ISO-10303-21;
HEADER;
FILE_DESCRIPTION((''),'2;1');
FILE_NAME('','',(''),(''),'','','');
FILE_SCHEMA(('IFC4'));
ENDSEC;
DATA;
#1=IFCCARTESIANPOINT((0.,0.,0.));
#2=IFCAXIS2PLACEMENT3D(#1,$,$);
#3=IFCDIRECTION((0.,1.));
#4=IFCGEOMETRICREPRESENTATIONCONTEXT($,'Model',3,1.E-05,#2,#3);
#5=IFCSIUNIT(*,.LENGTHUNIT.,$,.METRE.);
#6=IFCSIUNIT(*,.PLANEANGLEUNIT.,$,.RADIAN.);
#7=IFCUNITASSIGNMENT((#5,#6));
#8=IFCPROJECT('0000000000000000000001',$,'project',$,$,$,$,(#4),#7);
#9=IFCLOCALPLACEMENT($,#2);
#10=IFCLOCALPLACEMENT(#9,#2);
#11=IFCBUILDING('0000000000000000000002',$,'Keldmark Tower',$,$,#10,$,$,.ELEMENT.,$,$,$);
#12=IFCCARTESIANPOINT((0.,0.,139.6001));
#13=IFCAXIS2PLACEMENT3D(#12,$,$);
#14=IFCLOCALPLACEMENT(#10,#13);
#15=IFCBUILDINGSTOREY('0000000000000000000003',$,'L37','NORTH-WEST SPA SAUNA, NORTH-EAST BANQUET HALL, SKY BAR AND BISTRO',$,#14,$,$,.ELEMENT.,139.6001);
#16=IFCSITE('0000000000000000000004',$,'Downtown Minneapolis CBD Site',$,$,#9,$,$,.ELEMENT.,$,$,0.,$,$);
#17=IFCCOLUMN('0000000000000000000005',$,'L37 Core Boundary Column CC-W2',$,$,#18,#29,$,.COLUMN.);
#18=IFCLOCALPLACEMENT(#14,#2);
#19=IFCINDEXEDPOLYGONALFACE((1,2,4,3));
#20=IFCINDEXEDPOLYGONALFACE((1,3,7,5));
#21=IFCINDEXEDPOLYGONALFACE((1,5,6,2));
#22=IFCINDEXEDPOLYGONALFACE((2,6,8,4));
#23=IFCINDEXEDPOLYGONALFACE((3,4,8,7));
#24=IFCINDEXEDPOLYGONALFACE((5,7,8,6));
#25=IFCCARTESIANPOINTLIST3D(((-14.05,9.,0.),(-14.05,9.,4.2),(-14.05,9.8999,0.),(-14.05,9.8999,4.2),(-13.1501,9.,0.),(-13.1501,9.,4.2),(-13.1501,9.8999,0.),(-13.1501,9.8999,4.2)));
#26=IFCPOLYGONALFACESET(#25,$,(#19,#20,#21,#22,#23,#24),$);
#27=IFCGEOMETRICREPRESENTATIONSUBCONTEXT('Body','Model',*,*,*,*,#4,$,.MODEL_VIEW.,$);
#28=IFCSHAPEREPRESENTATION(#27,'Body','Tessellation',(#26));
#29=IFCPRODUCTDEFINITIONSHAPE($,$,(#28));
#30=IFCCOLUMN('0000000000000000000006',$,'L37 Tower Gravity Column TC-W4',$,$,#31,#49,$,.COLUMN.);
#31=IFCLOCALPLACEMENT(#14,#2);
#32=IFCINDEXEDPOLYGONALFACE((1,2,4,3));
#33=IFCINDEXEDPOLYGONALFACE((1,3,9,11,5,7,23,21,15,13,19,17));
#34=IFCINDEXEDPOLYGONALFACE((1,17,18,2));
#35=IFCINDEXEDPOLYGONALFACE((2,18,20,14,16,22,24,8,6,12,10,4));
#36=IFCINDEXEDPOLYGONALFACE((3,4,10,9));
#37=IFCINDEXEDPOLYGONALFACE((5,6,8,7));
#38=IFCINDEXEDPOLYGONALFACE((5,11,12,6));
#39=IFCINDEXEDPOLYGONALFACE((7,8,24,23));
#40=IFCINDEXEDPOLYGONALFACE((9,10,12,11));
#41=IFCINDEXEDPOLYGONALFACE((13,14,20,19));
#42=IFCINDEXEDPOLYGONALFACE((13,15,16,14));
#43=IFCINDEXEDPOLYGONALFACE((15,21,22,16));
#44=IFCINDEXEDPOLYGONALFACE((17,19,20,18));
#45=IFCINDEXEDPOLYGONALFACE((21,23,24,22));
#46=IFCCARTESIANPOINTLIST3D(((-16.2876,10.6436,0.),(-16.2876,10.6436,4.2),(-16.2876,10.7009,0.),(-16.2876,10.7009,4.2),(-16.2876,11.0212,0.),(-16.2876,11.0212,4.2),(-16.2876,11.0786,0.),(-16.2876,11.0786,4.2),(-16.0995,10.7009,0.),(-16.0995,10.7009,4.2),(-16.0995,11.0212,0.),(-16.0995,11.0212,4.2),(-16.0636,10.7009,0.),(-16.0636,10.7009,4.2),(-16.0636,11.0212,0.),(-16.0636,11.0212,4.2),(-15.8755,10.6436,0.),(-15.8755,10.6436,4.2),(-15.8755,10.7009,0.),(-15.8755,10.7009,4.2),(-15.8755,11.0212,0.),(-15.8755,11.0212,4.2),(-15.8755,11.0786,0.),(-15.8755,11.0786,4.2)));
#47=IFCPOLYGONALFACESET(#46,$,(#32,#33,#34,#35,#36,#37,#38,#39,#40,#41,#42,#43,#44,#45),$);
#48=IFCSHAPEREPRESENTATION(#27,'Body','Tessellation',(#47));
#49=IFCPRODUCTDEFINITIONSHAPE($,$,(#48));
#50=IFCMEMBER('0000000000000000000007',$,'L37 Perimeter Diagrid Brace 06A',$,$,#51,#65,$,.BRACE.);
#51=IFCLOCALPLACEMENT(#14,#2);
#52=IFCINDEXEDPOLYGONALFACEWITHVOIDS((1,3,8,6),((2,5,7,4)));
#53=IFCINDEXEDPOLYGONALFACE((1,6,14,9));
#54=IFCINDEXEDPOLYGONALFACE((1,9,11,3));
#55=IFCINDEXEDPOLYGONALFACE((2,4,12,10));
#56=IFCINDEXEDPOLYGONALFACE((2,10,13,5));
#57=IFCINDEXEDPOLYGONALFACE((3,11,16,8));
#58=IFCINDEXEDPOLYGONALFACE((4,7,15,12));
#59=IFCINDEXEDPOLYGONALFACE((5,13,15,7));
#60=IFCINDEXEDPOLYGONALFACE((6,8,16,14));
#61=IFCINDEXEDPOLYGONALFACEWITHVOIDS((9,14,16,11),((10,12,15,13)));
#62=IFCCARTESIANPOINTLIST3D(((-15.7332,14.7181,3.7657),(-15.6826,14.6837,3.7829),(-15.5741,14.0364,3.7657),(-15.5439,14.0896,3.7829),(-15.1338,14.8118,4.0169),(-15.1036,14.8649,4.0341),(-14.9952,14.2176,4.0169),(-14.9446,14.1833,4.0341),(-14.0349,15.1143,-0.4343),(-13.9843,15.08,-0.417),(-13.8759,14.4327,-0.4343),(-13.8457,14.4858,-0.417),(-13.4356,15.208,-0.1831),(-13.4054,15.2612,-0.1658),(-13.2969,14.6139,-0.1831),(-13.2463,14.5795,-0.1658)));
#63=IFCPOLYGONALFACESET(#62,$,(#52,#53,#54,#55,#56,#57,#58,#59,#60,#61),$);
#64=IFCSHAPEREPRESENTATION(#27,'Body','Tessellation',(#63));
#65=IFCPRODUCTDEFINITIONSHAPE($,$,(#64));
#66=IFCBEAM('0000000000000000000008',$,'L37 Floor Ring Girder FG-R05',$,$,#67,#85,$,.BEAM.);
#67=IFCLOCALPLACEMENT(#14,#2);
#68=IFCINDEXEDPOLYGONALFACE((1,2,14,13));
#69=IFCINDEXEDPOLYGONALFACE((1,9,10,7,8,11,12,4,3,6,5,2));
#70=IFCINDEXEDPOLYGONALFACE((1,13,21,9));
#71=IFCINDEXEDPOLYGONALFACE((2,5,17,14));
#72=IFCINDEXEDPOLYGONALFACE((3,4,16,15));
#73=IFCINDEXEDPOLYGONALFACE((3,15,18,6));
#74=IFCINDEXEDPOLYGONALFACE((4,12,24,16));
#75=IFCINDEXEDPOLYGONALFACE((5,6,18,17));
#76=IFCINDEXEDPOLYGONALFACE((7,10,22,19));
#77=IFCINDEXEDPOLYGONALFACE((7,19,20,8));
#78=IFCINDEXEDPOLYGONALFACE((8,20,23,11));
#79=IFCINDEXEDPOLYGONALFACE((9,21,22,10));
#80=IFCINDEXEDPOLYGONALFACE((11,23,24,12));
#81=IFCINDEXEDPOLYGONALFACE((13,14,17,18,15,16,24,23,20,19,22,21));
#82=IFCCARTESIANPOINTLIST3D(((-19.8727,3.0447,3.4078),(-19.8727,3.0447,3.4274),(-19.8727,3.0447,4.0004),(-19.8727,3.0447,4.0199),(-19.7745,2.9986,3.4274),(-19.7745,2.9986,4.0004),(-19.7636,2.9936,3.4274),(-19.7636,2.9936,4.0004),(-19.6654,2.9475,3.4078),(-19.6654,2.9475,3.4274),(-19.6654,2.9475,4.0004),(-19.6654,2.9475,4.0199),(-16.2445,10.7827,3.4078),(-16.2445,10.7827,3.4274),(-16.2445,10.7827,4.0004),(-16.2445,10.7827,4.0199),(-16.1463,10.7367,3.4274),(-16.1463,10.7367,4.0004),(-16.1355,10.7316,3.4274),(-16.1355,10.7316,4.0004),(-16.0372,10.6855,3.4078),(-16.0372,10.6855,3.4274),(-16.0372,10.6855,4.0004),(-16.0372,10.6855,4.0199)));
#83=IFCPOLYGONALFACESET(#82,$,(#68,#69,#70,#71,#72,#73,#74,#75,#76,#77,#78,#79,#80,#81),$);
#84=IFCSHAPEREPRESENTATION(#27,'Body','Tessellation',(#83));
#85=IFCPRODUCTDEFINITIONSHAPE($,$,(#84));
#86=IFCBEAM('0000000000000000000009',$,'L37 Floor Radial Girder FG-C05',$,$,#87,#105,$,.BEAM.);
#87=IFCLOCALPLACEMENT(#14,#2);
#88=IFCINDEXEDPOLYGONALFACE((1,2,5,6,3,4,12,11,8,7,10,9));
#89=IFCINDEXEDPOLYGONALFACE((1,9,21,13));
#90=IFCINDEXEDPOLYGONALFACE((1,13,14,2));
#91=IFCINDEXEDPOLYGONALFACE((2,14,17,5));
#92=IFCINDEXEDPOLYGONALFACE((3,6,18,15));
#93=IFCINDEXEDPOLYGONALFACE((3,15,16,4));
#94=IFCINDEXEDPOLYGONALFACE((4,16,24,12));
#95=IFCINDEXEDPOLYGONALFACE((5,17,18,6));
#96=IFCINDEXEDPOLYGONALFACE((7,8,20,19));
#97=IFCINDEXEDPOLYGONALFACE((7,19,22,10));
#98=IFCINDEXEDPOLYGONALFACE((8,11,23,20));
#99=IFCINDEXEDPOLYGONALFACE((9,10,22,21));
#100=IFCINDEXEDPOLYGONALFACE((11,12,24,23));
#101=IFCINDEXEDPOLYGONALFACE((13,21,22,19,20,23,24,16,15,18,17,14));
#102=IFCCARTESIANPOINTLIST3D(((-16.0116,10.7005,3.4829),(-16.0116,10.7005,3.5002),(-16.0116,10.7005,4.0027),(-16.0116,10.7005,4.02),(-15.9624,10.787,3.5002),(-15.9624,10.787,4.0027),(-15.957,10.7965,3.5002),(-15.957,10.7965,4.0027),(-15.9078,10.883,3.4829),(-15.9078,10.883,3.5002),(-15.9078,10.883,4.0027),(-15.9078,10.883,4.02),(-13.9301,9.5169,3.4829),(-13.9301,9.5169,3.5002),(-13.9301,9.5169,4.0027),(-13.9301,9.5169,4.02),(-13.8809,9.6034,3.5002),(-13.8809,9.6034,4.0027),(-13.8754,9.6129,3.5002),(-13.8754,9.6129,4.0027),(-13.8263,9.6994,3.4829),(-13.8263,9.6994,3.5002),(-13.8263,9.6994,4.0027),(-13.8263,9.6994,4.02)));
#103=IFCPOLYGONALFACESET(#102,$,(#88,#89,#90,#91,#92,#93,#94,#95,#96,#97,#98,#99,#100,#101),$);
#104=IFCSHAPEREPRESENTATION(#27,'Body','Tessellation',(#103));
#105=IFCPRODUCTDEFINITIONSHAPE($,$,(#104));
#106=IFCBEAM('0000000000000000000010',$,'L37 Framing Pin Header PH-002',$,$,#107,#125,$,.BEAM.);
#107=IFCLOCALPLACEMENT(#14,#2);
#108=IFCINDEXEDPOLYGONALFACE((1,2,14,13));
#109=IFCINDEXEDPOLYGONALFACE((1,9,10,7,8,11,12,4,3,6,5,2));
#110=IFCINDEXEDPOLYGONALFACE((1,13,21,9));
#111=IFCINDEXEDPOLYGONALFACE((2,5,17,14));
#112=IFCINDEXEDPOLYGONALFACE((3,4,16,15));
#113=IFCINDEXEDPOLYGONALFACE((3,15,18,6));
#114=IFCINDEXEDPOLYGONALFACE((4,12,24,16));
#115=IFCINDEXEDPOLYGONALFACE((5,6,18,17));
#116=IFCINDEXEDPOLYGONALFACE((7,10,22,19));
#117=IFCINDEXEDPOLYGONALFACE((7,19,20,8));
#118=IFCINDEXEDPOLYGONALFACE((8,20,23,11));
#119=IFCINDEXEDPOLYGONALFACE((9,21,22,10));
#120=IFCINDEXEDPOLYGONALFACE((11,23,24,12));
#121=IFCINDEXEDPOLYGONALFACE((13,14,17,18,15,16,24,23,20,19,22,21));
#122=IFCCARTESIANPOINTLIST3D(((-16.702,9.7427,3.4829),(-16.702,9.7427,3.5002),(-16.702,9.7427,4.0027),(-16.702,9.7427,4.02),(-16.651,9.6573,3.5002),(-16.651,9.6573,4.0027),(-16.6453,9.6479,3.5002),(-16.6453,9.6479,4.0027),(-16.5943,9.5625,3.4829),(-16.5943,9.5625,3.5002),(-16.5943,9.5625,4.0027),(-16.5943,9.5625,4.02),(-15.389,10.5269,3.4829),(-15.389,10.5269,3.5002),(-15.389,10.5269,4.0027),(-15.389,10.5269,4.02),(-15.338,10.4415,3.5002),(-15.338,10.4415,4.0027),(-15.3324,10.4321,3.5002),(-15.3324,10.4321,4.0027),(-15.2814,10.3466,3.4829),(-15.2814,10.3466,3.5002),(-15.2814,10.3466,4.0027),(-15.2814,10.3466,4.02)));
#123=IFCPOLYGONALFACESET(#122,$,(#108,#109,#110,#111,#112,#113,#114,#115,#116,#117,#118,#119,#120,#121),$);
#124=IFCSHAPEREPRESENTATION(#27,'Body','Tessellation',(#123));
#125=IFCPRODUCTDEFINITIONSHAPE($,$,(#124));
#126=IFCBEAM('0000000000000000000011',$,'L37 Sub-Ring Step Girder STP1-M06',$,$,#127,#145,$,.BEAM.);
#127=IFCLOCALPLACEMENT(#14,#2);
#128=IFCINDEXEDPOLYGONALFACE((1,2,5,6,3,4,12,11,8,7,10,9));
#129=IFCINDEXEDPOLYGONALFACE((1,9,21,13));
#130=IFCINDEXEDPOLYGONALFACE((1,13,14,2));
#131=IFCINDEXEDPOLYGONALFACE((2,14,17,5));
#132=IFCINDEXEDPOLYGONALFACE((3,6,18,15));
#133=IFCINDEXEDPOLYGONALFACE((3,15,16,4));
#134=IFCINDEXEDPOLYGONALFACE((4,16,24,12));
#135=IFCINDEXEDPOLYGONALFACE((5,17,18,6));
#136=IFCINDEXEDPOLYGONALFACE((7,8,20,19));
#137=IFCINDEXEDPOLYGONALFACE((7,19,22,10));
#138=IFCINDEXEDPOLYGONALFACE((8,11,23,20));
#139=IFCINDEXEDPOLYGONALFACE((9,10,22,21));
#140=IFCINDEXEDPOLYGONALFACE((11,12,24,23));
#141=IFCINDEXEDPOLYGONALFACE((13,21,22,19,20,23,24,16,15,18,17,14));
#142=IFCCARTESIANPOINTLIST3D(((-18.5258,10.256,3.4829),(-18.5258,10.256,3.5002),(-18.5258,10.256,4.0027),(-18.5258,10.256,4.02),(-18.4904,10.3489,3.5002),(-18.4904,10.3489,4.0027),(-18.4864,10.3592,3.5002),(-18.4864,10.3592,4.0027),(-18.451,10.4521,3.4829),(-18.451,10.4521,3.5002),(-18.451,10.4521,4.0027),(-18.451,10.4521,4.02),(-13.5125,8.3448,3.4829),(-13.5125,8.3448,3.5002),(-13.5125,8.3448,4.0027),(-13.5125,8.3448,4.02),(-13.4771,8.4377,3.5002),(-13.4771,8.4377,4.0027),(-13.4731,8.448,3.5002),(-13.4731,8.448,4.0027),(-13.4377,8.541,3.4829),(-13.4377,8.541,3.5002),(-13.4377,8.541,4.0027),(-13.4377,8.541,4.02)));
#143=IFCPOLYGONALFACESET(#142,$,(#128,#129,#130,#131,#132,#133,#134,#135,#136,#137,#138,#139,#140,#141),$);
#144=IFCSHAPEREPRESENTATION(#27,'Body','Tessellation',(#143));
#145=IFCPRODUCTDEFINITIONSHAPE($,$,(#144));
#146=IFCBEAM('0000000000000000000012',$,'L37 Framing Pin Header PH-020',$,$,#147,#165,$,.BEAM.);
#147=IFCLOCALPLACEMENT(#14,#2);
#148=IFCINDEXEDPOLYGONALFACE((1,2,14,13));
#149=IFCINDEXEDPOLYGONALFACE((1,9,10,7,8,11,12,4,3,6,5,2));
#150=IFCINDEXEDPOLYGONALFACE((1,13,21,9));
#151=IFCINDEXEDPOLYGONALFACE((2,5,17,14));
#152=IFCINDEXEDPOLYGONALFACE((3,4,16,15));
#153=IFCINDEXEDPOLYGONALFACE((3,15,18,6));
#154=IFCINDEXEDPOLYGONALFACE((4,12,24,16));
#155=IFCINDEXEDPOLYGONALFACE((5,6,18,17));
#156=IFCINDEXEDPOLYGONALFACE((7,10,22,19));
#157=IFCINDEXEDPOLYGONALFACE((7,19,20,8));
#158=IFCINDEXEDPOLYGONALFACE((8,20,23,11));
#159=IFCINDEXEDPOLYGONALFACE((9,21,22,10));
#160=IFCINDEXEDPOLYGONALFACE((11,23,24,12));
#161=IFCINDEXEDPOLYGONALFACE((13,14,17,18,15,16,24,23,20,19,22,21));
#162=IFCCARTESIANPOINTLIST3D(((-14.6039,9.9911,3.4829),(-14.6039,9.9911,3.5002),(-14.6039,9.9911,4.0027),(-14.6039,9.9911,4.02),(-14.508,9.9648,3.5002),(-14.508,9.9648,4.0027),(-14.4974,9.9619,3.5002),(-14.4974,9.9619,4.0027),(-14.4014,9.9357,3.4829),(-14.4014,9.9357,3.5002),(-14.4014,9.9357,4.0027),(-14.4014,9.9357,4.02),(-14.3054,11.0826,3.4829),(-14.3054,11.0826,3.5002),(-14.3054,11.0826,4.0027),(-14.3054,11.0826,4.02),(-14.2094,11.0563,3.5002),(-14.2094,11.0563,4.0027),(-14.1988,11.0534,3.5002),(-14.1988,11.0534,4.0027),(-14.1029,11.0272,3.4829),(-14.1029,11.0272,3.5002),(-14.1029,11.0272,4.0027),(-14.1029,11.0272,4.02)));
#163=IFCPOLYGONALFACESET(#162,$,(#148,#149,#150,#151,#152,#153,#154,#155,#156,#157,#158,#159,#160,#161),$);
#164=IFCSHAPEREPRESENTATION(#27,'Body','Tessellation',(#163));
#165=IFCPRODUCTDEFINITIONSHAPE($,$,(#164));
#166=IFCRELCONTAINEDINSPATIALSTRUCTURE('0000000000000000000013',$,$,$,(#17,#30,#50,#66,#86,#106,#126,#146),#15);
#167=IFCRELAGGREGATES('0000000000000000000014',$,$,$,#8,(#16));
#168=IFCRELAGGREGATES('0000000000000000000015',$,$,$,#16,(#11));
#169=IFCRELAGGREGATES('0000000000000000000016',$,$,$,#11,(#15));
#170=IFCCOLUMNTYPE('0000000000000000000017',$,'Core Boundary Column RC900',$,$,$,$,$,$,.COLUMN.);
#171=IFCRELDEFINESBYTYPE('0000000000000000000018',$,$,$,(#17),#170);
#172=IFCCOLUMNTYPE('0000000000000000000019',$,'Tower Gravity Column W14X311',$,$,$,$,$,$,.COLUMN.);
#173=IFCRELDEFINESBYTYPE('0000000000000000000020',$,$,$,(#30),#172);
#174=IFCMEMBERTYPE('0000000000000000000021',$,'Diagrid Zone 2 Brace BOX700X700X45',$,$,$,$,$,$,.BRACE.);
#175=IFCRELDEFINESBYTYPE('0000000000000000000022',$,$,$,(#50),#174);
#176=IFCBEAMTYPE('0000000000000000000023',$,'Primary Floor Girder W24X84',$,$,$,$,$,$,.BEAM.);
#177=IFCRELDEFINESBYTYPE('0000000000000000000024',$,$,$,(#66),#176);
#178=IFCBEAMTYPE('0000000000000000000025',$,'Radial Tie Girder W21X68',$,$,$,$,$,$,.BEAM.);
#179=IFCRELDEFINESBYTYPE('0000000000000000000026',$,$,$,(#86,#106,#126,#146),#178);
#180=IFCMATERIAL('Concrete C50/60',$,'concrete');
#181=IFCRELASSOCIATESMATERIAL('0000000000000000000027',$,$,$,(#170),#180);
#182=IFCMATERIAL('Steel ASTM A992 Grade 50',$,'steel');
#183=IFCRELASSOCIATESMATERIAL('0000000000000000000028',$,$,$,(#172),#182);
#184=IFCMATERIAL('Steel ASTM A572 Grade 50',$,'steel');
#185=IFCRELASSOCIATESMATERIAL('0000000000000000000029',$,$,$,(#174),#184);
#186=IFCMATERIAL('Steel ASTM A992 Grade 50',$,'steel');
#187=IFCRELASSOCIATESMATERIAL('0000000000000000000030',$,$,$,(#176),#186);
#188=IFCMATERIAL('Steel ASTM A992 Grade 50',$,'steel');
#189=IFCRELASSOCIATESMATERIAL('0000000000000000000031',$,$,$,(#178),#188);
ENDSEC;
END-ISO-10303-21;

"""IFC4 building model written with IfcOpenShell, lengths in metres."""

from ifc_helpers import new_model, si_unit, direction, frame, origin, origin_2d, place, context, subcontext, project, spatial, rectangle, hollow_rectangle, i_section, extrude, material, material_profile, profile_set, type_object, element, save


model = new_model("IFC4")

# Units and contexts
model_context = context("Model", 3, precision=1e-05, world=origin(), true_north=direction((0.0, 1.0)))
body_context = subcontext(model_context, "Body", "Model", "MODEL_VIEW")
ifc_project = project(units=[si_unit("LENGTHUNIT", "METRE"), si_unit("PLANEANGLEUNIT", "RADIAN")], contexts=[model_context])

# Site, building, storey
site_placement = place(None, origin())
site = spatial("IfcSite", under=ifc_project, at=site_placement, Name="Downtown Minneapolis CBD Site", CompositionType="ELEMENT", RefElevation=0.0)
building_placement = place(site_placement, origin())
building = spatial("IfcBuilding", under=site, at=building_placement, Name="Keldmark Tower", CompositionType="ELEMENT")
storey_placement = place(building_placement, frame((0.0, 0.0, 139.6001)))
storey = spatial("IfcBuildingStorey", under=building, at=storey_placement, Name="L37", Description="NORTH-WEST SPA SAUNA, NORTH-EAST BANQUET HALL, SKY BAR AND BISTRO", CompositionType="ELEMENT", Elevation=139.6001)

# Columns
ifc_material_1 = material(Name="Concrete C50/60", Category="concrete")
ifc_material_profile_1 = material_profile(ifc_material_1, rectangle(XDim=0.8999, YDim=0.8999, at=origin_2d()), Name="RC900X900")
ifc_profile_set_1 = profile_set([ifc_material_profile_1], Name="Concrete C50/60")
column_type_1 = type_object("IfcColumnType", Name="Core Boundary Column RC900", PredefinedType="COLUMN", material=ifc_profile_set_1)
column_1_placement = place(storey_placement, frame((-13.6001, 9.45, 0.0), z_axis=(0.0, 0.0, 1.0), x_axis=(1.0, 0.0, 0.0)))
element("IfcColumn", 1, at=column_1_placement, inside=storey, type_object=column_type_1, Name="L37 Core Boundary Column CC-W2", PredefinedType="COLUMN", context=body_context, shape_type="SweptSolid", body=[
    extrude(rectangle(XDim=0.8999, YDim=0.8999, at=origin_2d()), origin(), (0.0, 0.0, 1.0), 4.2),
])
ifc_material_2 = material(Name="Steel ASTM A992 Grade 50", Category="steel")
ifc_material_profile_2 = material_profile(ifc_material_2, i_section(OverallWidth=0.4121, OverallDepth=0.4351, WebThickness=0.0359, FlangeThickness=0.0574, at=origin_2d()), Name="W14X311")
ifc_profile_set_2 = profile_set([ifc_material_profile_2], Name="Steel ASTM A992 Grade 50")
column_type_2 = type_object("IfcColumnType", Name="Tower Gravity Column W14X311", PredefinedType="COLUMN", material=ifc_profile_set_2)
column_2_placement = place(storey_placement, frame((-16.0815, 10.8611, 0.0), z_axis=(0.0, 0.0, 1.0), x_axis=(1.0, 0.0, 0.0)))
element("IfcColumn", 2, at=column_2_placement, inside=storey, type_object=column_type_2, Name="L37 Tower Gravity Column TC-W4", PredefinedType="COLUMN", context=body_context, shape_type="SweptSolid", body=[
    extrude(i_section(OverallWidth=0.4121, OverallDepth=0.4351, WebThickness=0.0359, FlangeThickness=0.0574, at=origin_2d()), origin(), (0.0, 0.0, 1.0), 4.2),
])

# Member
ifc_material_3 = material(Name="Steel ASTM A572 Grade 50", Category="steel")
ifc_material_profile_3 = material_profile(ifc_material_3, hollow_rectangle(XDim=0.7, YDim=0.7, WallThickness=0.0449, at=origin_2d()), Name="BOX700X700X45")
ifc_profile_set_3 = profile_set([ifc_material_profile_3], Name="Steel ASTM A572 Grade 50")
member_type = type_object("IfcMemberType", Name="Diagrid Zone 2 Brace BOX700X700X45", PredefinedType="BRACE", material=ifc_profile_set_3)
member_placement = place(storey_placement, frame((-13.6406, 14.8469, -0.3), z_axis=(-0.373437, -0.087132, 0.923554), x_axis=(0.227221, -0.973843, 0.0)))
element("IfcMember", 3, at=member_placement, inside=storey, type_object=member_type, Name="L37 Perimeter Diagrid Brace 06A", PredefinedType="BRACE", context=body_context, shape_type="SweptSolid", body=[
    extrude(hollow_rectangle(XDim=0.7, YDim=0.7, WallThickness=0.0449, at=origin_2d()), origin(), (0.0, 0.0, 1.0), 4.5476),
])

# Beams
ifc_material_4 = material(Name="Steel ASTM A992 Grade 50", Category="steel")
ifc_material_profile_4 = material_profile(ifc_material_4, i_section(OverallWidth=0.229, OverallDepth=0.6121, WebThickness=0.012, FlangeThickness=0.0195, at=origin_2d()), Name="W24X84")
ifc_profile_set_4 = profile_set([ifc_material_profile_4], Name="Steel ASTM A992 Grade 50")
beam_type_1 = type_object("IfcBeamType", Name="Primary Floor Girder W24X84", PredefinedType="BEAM", material=ifc_profile_set_4)
beam_1_placement = place(storey_placement, frame((-16.1409, 10.7341, 3.7139), z_axis=(-0.424527, -0.905415, 0.0), x_axis=(0.905415, -0.424527, 0.0)))
element("IfcBeam", 4, at=beam_1_placement, inside=storey, type_object=beam_type_1, Name="L37 Floor Ring Girder FG-R05", PredefinedType="BEAM", context=body_context, shape_type="SweptSolid", body=[
    extrude(i_section(OverallWidth=0.229, OverallDepth=0.6121, WebThickness=0.012, FlangeThickness=0.0195, at=origin_2d()), origin(), (0.0, 0.0, 1.0), 8.5464),
])
ifc_material_5 = material(Name="Steel ASTM A992 Grade 50", Category="steel")
ifc_material_profile_5 = material_profile(ifc_material_5, i_section(OverallWidth=0.21, OverallDepth=0.5371, WebThickness=0.011, FlangeThickness=0.0173, at=origin_2d()), Name="W21X68")
ifc_profile_set_5 = profile_set([ifc_material_profile_5], Name="Steel ASTM A992 Grade 50")
beam_type_2 = type_object("IfcBeamType", Name="Radial Tie Girder W21X68", PredefinedType="BEAM", material=ifc_profile_set_5)
beam_2_placement = place(storey_placement, frame((-15.9597, 10.7917, 3.7515), z_axis=(0.869295, -0.494293, 0.0), x_axis=(0.494293, 0.869295, 0.0)))
element("IfcBeam", 5, at=beam_2_placement, inside=storey, type_object=beam_type_2, Name="L37 Floor Radial Girder FG-C05", PredefinedType="BEAM", context=body_context, shape_type="SweptSolid", body=[
    extrude(i_section(OverallWidth=0.21, OverallDepth=0.5371, WebThickness=0.011, FlangeThickness=0.0173, at=origin_2d()), origin(), (0.0, 0.0, 1.0), 2.3945),
])
beam_3_placement = place(storey_placement, frame((-15.3352, 10.4368, 3.7515), z_axis=(-0.858534, -0.512757, 0.0), x_axis=(0.512757, -0.858534, 0.0)))
element("IfcBeam", 6, at=beam_3_placement, inside=storey, type_object=beam_type_2, Name="L37 Framing Pin Header PH-002", PredefinedType="BEAM", context=body_context, shape_type="SweptSolid", body=[
    extrude(i_section(OverallWidth=0.21, OverallDepth=0.5371, WebThickness=0.011, FlangeThickness=0.0173, at=origin_2d()), origin(), (0.0, 0.0, 1.0), 1.5293),
])
beam_4_placement = place(storey_placement, frame((-13.4751, 8.4429, 3.7515), z_axis=(-0.934404, 0.356215, 0.0), x_axis=(-0.356215, -0.934404, 0.0)))
element("IfcBeam", 7, at=beam_4_placement, inside=storey, type_object=beam_type_2, Name="L37 Sub-Ring Step Girder STP1-M06", PredefinedType="BEAM", context=body_context, shape_type="SweptSolid", body=[
    extrude(i_section(OverallWidth=0.21, OverallDepth=0.5371, WebThickness=0.011, FlangeThickness=0.0173, at=origin_2d()), origin(), (0.0, 0.0, 1.0), 5.3652),
])
beam_5_placement = place(storey_placement, frame((-14.5027, 9.9634, 3.7515), z_axis=(0.263848, 0.964564, 0.0), x_axis=(-0.964564, 0.263848, 0.0)))
element("IfcBeam", 8, at=beam_5_placement, inside=storey, type_object=beam_type_2, Name="L37 Framing Pin Header PH-020", PredefinedType="BEAM", context=body_context, shape_type="SweptSolid", body=[
    extrude(i_section(OverallWidth=0.21, OverallDepth=0.5371, WebThickness=0.011, FlangeThickness=0.0173, at=origin_2d()), origin(), (0.0, 0.0, 1.0), 1.1316),
])

save(model, "model.ifc")
